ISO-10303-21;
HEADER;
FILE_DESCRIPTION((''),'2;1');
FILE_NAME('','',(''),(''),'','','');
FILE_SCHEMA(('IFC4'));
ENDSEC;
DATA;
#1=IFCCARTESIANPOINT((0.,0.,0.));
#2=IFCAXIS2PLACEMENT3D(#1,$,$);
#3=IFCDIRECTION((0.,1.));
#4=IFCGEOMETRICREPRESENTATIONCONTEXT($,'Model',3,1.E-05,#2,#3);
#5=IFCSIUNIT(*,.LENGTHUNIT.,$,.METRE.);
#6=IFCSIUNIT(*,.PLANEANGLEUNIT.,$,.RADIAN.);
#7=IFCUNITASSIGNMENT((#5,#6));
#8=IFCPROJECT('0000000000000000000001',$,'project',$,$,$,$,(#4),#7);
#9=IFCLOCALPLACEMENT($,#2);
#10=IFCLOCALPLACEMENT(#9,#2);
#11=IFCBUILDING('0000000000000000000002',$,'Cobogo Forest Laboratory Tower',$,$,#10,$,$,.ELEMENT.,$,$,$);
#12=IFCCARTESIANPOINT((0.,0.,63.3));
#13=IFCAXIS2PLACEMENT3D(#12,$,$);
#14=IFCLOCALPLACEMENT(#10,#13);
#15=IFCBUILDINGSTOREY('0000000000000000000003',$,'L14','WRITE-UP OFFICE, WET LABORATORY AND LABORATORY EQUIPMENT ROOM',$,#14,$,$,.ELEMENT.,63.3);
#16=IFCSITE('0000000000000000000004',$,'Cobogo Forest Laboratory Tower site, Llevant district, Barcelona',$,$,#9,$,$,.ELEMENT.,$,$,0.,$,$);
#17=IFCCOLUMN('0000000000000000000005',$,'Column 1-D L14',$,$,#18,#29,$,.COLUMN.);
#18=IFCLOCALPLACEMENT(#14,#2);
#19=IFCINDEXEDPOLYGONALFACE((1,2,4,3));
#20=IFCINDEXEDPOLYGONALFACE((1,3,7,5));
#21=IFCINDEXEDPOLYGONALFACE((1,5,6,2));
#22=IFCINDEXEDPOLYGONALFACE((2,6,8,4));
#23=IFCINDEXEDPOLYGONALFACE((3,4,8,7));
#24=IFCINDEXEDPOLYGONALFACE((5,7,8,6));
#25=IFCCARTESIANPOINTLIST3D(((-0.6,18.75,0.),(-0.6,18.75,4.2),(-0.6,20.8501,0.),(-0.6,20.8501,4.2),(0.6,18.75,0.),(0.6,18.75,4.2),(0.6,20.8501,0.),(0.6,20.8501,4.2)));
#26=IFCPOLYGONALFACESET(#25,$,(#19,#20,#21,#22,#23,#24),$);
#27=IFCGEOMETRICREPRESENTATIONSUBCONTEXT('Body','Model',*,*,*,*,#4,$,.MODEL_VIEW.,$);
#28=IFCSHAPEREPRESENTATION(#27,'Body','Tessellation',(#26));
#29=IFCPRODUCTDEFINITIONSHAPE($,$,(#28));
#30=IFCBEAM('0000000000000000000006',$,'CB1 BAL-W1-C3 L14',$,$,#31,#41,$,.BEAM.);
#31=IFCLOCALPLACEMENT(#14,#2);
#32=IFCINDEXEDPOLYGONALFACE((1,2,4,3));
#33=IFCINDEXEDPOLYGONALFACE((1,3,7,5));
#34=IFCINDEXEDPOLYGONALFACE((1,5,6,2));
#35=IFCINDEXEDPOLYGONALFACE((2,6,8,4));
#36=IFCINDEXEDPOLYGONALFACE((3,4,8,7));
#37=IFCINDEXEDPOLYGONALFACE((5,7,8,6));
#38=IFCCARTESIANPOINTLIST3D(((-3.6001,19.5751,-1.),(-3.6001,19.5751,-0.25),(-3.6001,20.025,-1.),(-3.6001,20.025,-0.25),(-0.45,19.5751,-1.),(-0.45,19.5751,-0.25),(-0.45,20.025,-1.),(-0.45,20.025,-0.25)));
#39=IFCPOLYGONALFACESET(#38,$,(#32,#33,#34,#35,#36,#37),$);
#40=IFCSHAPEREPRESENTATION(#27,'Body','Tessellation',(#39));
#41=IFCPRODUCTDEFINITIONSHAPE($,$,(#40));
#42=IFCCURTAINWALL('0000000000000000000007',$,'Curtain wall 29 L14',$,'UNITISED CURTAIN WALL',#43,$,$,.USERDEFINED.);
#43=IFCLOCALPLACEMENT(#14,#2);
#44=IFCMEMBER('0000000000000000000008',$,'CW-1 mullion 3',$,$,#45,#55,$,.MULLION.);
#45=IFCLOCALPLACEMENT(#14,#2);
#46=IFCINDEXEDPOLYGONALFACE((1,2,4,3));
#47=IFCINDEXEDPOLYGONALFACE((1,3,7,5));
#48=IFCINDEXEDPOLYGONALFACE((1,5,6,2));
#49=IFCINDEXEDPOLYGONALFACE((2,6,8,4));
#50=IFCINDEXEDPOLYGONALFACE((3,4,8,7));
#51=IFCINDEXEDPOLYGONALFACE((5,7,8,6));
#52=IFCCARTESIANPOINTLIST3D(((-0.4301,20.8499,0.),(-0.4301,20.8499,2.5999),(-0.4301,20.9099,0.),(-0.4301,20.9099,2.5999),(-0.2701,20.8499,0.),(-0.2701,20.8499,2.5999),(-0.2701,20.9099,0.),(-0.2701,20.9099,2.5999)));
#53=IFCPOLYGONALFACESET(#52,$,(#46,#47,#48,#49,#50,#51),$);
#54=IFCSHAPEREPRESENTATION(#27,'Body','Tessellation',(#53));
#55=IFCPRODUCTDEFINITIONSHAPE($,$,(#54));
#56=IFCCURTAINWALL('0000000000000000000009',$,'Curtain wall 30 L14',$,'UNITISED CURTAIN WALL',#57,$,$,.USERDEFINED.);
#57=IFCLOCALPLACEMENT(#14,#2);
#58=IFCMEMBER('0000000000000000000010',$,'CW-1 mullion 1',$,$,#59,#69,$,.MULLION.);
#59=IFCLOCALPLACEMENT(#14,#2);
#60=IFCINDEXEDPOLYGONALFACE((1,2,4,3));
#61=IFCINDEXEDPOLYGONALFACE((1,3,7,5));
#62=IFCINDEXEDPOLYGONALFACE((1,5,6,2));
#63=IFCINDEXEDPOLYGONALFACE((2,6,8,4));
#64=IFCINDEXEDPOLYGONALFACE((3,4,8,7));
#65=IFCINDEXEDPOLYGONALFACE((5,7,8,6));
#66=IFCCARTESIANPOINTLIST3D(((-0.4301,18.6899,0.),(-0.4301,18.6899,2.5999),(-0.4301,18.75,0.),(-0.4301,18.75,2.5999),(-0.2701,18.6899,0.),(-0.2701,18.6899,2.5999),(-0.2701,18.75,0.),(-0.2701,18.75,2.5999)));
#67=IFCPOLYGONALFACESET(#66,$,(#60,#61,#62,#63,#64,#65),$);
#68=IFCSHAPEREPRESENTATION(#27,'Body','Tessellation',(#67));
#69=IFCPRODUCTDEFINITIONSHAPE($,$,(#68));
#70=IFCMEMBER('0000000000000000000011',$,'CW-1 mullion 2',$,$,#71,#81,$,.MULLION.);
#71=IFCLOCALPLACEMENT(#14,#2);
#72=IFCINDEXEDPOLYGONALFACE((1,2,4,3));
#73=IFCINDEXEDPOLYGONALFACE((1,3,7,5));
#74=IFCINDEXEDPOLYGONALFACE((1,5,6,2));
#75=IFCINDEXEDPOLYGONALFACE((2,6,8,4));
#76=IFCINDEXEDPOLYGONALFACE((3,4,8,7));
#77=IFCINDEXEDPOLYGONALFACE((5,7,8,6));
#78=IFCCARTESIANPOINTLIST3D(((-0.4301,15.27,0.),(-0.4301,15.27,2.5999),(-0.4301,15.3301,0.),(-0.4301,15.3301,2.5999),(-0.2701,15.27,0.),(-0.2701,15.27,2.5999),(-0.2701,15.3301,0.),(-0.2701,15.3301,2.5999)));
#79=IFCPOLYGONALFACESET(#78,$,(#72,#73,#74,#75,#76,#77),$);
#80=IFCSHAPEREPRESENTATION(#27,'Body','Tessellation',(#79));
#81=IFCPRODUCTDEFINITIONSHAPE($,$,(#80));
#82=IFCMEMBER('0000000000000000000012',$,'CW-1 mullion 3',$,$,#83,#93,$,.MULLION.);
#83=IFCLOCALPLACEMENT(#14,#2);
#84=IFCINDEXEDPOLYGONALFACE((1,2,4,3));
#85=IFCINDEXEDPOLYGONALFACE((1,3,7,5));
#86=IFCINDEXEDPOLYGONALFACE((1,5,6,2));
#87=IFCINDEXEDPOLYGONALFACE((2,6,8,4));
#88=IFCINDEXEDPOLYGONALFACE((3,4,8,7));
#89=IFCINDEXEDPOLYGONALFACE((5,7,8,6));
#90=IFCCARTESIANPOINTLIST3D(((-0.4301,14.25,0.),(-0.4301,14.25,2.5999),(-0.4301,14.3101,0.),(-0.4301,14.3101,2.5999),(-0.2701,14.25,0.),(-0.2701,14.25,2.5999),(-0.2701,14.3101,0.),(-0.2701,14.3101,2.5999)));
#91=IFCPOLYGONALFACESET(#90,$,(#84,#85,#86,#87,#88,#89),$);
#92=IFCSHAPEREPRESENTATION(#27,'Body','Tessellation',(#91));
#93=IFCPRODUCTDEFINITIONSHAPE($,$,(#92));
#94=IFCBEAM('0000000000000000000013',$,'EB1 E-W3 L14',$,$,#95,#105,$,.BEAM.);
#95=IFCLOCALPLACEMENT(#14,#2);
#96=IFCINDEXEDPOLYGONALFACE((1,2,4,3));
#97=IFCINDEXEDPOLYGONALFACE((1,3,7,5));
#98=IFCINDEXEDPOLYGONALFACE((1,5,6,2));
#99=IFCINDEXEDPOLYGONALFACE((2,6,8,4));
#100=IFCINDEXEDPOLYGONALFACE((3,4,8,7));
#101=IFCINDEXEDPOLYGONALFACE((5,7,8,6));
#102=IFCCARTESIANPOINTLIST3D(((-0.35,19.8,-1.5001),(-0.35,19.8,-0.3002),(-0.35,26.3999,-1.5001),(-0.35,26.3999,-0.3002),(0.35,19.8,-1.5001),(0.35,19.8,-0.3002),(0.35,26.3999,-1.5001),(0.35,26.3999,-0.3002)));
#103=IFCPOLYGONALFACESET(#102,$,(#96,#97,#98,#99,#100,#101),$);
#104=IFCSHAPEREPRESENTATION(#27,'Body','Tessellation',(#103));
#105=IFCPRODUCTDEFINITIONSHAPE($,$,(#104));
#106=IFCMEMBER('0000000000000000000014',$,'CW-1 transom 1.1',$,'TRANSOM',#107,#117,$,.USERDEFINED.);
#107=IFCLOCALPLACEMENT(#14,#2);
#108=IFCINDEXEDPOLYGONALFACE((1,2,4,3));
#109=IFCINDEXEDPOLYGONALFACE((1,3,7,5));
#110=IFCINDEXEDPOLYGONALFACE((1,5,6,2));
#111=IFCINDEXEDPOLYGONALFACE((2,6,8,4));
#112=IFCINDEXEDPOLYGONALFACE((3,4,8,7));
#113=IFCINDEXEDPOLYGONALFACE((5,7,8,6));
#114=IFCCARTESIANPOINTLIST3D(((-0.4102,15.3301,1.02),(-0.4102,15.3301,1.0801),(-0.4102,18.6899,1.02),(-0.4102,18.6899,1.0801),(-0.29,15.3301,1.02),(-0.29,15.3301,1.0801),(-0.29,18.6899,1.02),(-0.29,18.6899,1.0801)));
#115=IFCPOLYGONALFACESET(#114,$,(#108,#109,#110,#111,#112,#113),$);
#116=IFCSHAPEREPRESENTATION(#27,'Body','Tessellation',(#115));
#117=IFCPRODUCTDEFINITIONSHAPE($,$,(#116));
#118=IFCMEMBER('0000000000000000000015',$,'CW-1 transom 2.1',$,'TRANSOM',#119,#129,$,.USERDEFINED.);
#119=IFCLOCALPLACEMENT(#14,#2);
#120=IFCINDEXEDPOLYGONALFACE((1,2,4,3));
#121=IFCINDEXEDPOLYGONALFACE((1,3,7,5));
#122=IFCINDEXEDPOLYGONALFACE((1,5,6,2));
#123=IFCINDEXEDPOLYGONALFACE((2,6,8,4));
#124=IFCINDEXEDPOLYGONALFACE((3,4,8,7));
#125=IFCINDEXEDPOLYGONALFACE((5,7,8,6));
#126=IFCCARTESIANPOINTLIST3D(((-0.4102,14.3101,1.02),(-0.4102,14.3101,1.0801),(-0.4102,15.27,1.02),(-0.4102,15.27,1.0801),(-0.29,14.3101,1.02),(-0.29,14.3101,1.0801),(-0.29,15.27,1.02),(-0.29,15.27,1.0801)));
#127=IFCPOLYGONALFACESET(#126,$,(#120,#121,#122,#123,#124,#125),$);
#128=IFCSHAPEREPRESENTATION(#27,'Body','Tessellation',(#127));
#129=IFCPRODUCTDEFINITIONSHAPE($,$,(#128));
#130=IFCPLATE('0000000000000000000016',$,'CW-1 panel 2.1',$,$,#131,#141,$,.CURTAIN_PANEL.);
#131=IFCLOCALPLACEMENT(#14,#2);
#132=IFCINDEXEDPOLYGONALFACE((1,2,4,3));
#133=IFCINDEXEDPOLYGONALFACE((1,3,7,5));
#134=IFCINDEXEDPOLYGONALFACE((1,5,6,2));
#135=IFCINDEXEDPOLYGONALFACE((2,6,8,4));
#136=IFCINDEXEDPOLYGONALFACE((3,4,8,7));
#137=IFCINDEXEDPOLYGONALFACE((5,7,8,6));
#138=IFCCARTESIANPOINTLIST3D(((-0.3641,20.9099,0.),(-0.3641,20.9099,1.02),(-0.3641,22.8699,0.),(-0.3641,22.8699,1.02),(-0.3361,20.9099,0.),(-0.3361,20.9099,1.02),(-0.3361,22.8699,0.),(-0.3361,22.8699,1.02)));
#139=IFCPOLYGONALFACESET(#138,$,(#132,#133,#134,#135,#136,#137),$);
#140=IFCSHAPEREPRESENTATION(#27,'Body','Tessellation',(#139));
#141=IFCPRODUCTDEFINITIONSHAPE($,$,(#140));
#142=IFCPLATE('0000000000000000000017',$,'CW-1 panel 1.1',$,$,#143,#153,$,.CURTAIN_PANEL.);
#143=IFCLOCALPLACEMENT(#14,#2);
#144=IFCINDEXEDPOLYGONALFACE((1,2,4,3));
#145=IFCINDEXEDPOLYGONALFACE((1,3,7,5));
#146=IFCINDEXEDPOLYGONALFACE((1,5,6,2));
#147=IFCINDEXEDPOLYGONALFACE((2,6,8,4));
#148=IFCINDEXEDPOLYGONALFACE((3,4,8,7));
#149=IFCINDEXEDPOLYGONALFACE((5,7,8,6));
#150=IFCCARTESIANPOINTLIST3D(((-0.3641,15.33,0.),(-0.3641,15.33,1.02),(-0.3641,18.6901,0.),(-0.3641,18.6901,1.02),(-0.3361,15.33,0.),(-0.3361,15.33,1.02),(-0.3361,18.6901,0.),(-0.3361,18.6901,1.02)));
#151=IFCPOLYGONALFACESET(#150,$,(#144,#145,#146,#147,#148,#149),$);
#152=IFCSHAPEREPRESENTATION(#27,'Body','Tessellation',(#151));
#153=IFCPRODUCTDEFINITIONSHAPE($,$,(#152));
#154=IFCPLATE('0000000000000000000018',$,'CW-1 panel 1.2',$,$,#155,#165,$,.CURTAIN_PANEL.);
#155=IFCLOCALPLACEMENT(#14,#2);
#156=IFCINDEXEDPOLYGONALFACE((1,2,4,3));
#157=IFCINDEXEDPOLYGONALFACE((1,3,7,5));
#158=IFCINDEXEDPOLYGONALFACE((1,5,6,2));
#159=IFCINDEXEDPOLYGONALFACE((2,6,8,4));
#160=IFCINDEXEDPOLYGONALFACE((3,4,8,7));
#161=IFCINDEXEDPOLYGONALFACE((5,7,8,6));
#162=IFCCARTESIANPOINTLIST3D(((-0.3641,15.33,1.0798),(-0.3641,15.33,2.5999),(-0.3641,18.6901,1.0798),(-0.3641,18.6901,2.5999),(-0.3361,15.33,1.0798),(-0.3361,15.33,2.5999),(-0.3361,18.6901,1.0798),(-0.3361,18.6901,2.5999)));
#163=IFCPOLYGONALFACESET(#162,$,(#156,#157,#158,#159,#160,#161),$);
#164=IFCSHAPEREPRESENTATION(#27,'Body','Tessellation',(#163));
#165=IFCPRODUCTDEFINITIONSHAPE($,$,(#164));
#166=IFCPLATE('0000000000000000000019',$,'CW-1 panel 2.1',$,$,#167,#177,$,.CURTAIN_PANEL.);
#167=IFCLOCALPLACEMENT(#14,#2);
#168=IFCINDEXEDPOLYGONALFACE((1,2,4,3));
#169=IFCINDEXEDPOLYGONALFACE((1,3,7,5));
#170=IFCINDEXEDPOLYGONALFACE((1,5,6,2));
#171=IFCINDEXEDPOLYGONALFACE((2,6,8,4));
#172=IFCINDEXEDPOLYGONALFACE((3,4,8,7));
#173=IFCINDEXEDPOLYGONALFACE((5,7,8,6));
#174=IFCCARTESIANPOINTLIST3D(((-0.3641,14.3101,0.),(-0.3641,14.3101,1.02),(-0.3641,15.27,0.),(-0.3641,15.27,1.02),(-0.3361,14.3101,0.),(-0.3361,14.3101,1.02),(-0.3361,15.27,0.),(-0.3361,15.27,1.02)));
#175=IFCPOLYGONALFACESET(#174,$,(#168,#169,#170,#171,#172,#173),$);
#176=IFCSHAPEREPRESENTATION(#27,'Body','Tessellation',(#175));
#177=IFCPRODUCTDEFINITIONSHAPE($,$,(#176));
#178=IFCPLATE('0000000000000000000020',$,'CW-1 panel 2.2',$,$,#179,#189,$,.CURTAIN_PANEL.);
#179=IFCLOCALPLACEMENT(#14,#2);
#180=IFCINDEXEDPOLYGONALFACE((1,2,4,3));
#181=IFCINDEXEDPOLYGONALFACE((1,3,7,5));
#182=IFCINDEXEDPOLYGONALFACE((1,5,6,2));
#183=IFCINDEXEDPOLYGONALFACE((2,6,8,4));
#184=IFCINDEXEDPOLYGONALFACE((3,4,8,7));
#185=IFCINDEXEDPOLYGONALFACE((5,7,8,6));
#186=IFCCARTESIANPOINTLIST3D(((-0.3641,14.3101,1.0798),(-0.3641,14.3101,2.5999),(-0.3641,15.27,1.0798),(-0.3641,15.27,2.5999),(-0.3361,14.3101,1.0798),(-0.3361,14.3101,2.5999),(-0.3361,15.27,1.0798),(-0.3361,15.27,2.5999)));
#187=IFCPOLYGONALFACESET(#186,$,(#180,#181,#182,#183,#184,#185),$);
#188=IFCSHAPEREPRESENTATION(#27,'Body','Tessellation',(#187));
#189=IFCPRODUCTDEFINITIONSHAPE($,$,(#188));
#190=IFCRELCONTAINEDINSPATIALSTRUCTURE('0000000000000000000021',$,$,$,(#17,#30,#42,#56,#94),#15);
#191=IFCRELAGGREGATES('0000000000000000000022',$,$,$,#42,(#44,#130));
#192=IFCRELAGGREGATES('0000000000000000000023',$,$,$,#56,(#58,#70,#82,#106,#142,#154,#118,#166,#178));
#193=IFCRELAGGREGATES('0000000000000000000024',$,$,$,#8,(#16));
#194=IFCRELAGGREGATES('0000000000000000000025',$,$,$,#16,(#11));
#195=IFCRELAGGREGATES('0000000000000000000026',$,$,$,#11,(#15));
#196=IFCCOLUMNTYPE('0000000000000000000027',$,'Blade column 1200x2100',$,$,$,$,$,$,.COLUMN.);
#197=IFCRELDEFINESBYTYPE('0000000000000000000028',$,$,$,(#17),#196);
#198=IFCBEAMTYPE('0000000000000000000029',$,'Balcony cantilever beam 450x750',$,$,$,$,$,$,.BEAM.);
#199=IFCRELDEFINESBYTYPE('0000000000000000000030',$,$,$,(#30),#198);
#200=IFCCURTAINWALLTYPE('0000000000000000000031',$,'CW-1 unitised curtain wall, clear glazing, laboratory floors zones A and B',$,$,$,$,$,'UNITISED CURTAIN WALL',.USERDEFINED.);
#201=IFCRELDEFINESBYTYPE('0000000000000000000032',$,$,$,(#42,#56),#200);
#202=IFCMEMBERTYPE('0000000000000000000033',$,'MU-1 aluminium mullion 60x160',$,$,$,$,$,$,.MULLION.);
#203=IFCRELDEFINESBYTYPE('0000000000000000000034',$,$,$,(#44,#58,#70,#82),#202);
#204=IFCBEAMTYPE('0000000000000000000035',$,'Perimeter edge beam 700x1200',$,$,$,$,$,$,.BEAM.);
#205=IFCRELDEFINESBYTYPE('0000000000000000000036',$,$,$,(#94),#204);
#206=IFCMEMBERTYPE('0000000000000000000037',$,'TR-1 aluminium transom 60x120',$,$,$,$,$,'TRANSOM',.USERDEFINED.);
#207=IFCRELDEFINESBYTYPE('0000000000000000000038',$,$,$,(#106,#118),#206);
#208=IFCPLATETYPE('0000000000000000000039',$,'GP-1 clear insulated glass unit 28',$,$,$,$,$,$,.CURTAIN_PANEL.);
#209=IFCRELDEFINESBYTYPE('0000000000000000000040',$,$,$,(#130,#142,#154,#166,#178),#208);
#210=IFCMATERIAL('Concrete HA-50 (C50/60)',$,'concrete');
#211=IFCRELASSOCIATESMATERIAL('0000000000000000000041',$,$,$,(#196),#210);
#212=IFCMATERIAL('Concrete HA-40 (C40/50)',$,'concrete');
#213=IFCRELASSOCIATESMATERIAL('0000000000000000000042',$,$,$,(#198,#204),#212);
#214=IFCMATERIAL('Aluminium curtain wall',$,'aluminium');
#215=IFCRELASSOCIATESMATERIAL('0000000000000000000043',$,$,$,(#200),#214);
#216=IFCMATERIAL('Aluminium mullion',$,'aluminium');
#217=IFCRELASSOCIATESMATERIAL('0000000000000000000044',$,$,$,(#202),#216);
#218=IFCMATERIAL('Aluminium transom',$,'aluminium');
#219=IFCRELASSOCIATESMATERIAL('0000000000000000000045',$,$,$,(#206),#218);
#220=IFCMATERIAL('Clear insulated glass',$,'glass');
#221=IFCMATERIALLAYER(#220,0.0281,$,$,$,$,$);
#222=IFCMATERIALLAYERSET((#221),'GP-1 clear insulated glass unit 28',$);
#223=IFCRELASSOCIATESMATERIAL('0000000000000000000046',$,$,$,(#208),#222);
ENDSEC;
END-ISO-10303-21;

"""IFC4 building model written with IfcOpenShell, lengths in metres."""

from ifc_helpers import new_model, si_unit, direction, frame, origin, origin_2d, place, context, subcontext, project, spatial, rectangle, extrude, material, layer, layer_set, material_profile, profile_set, type_object, element, aggregate, save


model = new_model("IFC4")

# Units and contexts
model_context = context("Model", 3, precision=1e-05, world=origin(), true_north=direction((0.0, 1.0)))
body_context = subcontext(model_context, "Body", "Model", "MODEL_VIEW")
ifc_project = project(units=[si_unit("LENGTHUNIT", "METRE"), si_unit("PLANEANGLEUNIT", "RADIAN")], contexts=[model_context])

# Site, building, storey
site_placement = place(None, origin())
site = spatial("IfcSite", under=ifc_project, at=site_placement, Name="Cobogo Forest Laboratory Tower site, Llevant district, Barcelona", CompositionType="ELEMENT", RefElevation=0.0)
building_placement = place(site_placement, origin())
building = spatial("IfcBuilding", under=site, at=building_placement, Name="Cobogo Forest Laboratory Tower", CompositionType="ELEMENT")
storey_placement = place(building_placement, frame((0.0, 0.0, 63.3)))
storey = spatial("IfcBuildingStorey", under=building, at=storey_placement, Name="L14", Description="WRITE-UP OFFICE, WET LABORATORY AND LABORATORY EQUIPMENT ROOM", CompositionType="ELEMENT", Elevation=63.3)

# Column
ifc_material_1 = material(Name="Concrete HA-50 (C50/60)", Category="concrete")
ifc_material_profile_1 = material_profile(ifc_material_1, rectangle(XDim=2.1001, YDim=1.2, at=origin_2d()), Name="RC 1200x2100")
ifc_profile_set_1 = profile_set([ifc_material_profile_1], Name="Concrete HA-50 (C50/60)")
column_type = type_object("IfcColumnType", Name="Blade column 1200x2100", PredefinedType="COLUMN", material=ifc_profile_set_1)
column_placement = place(storey_placement, frame((0.0, 19.8, 0.0), z_axis=(0.0, 0.0, 1.0), x_axis=(0.0, 1.0, 0.0)))
element("IfcColumn", 1, at=column_placement, inside=storey, type_object=column_type, Name="Column 1-D L14", PredefinedType="COLUMN", context=body_context, shape_type="SweptSolid", body=[
    extrude(rectangle(XDim=2.1001, YDim=1.2, at=origin_2d()), origin(), (0.0, 0.0, 1.0), 4.2),
])

# Beam
ifc_material_2 = material(Name="Concrete HA-40 (C40/50)", Category="concrete")
ifc_material_profile_2 = material_profile(ifc_material_2, rectangle(XDim=0.45, YDim=0.75, at=origin_2d()), Name="RC 450x750")
ifc_profile_set_2 = profile_set([ifc_material_profile_2], Name="Concrete HA-40 (C40/50)")
beam_type_1 = type_object("IfcBeamType", Name="Balcony cantilever beam 450x750", PredefinedType="BEAM", material=ifc_profile_set_2)
beam_1_placement = place(storey_placement, frame((-0.45, 19.8, -0.625), z_axis=(-1.0, 0.0, 0.0), x_axis=(0.0, -1.0, 0.0)))
element("IfcBeam", 2, at=beam_1_placement, inside=storey, type_object=beam_type_1, Name="CB1 BAL-W1-C3 L14", PredefinedType="BEAM", context=body_context, shape_type="SweptSolid", body=[
    extrude(rectangle(XDim=0.45, YDim=0.75, at=origin_2d()), origin(), (0.0, 0.0, 1.0), 3.1501),
])

# Curtain wall, member
ifc_material_3 = material(Name="Aluminium curtain wall", Category="aluminium")
curtain_wall_type = type_object("IfcCurtainWallType", Name="CW-1 unitised curtain wall, clear glazing, laboratory floors zones A and B", ElementType="UNITISED CURTAIN WALL", PredefinedType="USERDEFINED", material=ifc_material_3)
curtain_wall_1_placement = place(storey_placement, origin())
curtain_wall_1 = element("IfcCurtainWall", 3, at=curtain_wall_1_placement, inside=storey, type_object=curtain_wall_type, Name="Curtain wall 29 L14", ObjectType="UNITISED CURTAIN WALL", PredefinedType="USERDEFINED")
ifc_material_4 = material(Name="Aluminium mullion", Category="aluminium")
ifc_material_profile_3 = material_profile(ifc_material_4, rectangle(XDim=0.0601, YDim=0.1599, at=origin_2d()), Name="AL 60x160")
ifc_profile_set_3 = profile_set([ifc_material_profile_3], Name="Aluminium mullion")
member_type_1 = type_object("IfcMemberType", Name="MU-1 aluminium mullion 60x160", PredefinedType="MULLION", material=ifc_profile_set_3)
member_1_placement = place(storey_placement, frame((-0.3501, 20.8799, 0.0), z_axis=(0.0, 0.0, 1.0), x_axis=(0.0, -1.0, 0.0)))
member_1 = element("IfcMember", 4, at=member_1_placement, type_object=member_type_1, Name="CW-1 mullion 3", PredefinedType="MULLION", context=body_context, shape_type="SweptSolid", body=[
    extrude(rectangle(XDim=0.0601, YDim=0.1599, at=origin_2d()), origin(), (0.0, 0.0, 1.0), 2.5999),
])

# Curtain wall, members
curtain_wall_2_placement = place(storey_placement, origin())
curtain_wall_2 = element("IfcCurtainWall", 5, at=curtain_wall_2_placement, inside=storey, type_object=curtain_wall_type, Name="Curtain wall 30 L14", ObjectType="UNITISED CURTAIN WALL", PredefinedType="USERDEFINED")
member_2_placement = place(storey_placement, frame((-0.3501, 18.72, 0.0), z_axis=(0.0, 0.0, 1.0), x_axis=(0.0, -1.0, 0.0)))
member_2 = element("IfcMember", 6, at=member_2_placement, type_object=member_type_1, Name="CW-1 mullion 1", PredefinedType="MULLION", context=body_context, shape_type="SweptSolid", body=[
    extrude(rectangle(XDim=0.0601, YDim=0.1599, at=origin_2d()), origin(), (0.0, 0.0, 1.0), 2.5999),
])
member_3_placement = place(storey_placement, frame((-0.3501, 15.3, 0.0), z_axis=(0.0, 0.0, 1.0), x_axis=(0.0, -1.0, 0.0)))
member_3 = element("IfcMember", 7, at=member_3_placement, type_object=member_type_1, Name="CW-1 mullion 2", PredefinedType="MULLION", context=body_context, shape_type="SweptSolid", body=[
    extrude(rectangle(XDim=0.0601, YDim=0.1599, at=origin_2d()), origin(), (0.0, 0.0, 1.0), 2.5999),
])
member_4_placement = place(storey_placement, frame((-0.3501, 14.28, 0.0), z_axis=(0.0, 0.0, 1.0), x_axis=(0.0, -1.0, 0.0)))
member_4 = element("IfcMember", 8, at=member_4_placement, type_object=member_type_1, Name="CW-1 mullion 3", PredefinedType="MULLION", context=body_context, shape_type="SweptSolid", body=[
    extrude(rectangle(XDim=0.0601, YDim=0.1599, at=origin_2d()), origin(), (0.0, 0.0, 1.0), 2.5999),
])

# Beam
ifc_material_profile_4 = material_profile(ifc_material_2, rectangle(XDim=0.7, YDim=1.2, at=origin_2d()), Name="RC 700x1200")
ifc_profile_set_4 = profile_set([ifc_material_profile_4], Name="Concrete HA-40 (C40/50)")
beam_type_2 = type_object("IfcBeamType", Name="Perimeter edge beam 700x1200", PredefinedType="BEAM", material=ifc_profile_set_4)
beam_2_placement = place(storey_placement, frame((0.0, 19.8, -0.9001), z_axis=(0.0, 1.0, 0.0), x_axis=(-1.0, 0.0, 0.0)))
element("IfcBeam", 9, at=beam_2_placement, inside=storey, type_object=beam_type_2, Name="EB1 E-W3 L14", PredefinedType="BEAM", context=body_context, shape_type="SweptSolid", body=[
    extrude(rectangle(XDim=0.7, YDim=1.2, at=origin_2d()), origin(), (0.0, 0.0, 1.0), 6.5999),
])

# Members
ifc_material_5 = material(Name="Aluminium transom", Category="aluminium")
ifc_material_profile_5 = material_profile(ifc_material_5, rectangle(XDim=0.1201, YDim=0.0601, at=origin_2d()), Name="AL 60x120")
ifc_profile_set_5 = profile_set([ifc_material_profile_5], Name="Aluminium transom")
member_type_2 = type_object("IfcMemberType", Name="TR-1 aluminium transom 60x120", ElementType="TRANSOM", PredefinedType="USERDEFINED", material=ifc_profile_set_5)
member_5_placement = place(storey_placement, frame((-0.3501, 18.6899, 1.05), z_axis=(0.0, -1.0, 0.0), x_axis=(1.0, 0.0, 0.0)))
member_5 = element("IfcMember", 10, at=member_5_placement, type_object=member_type_2, Name="CW-1 transom 1.1", ObjectType="TRANSOM", PredefinedType="USERDEFINED", context=body_context, shape_type="SweptSolid", body=[
    extrude(rectangle(XDim=0.1201, YDim=0.0601, at=origin_2d()), origin(), (0.0, 0.0, 1.0), 3.3599),
])
member_6_placement = place(storey_placement, frame((-0.3501, 15.27, 1.05), z_axis=(0.0, -1.0, 0.0), x_axis=(1.0, 0.0, 0.0)))
member_6 = element("IfcMember", 11, at=member_6_placement, type_object=member_type_2, Name="CW-1 transom 2.1", ObjectType="TRANSOM", PredefinedType="USERDEFINED", context=body_context, shape_type="SweptSolid", body=[
    extrude(rectangle(XDim=0.1201, YDim=0.0601, at=origin_2d()), origin(), (0.0, 0.0, 1.0), 0.96),
])

# Plates
ifc_material_6 = material(Name="Clear insulated glass", Category="glass")
ifc_layer_1 = layer(ifc_material_6, 0.0281)
ifc_layer_set_1 = layer_set([ifc_layer_1], Name="GP-1 clear insulated glass unit 28")
plate_type_1 = type_object("IfcPlateType", Name="GP-1 clear insulated glass unit 28", PredefinedType="CURTAIN_PANEL", material=ifc_layer_set_1)
plate_1_placement = place(storey_placement, frame((-0.3501, 21.8899, 0.0), z_axis=(0.0, 0.0, 1.0), x_axis=(0.0, -1.0, 0.0)))
plate_1 = element("IfcPlate", 12, at=plate_1_placement, type_object=plate_type_1, Name="CW-1 panel 2.1", PredefinedType="CURTAIN_PANEL", context=body_context, shape_type="SweptSolid", body=[
    extrude(rectangle(XDim=1.96, YDim=0.0281, at=origin_2d()), origin(), (0.0, 0.0, 1.0), 1.02),
])
aggregate(curtain_wall_1, [member_1, plate_1])
plate_2_placement = place(storey_placement, frame((-0.3501, 17.01, 0.0), z_axis=(0.0, 0.0, 1.0), x_axis=(0.0, -1.0, 0.0)))
plate_2 = element("IfcPlate", 13, at=plate_2_placement, type_object=plate_type_1, Name="CW-1 panel 1.1", PredefinedType="CURTAIN_PANEL", context=body_context, shape_type="SweptSolid", body=[
    extrude(rectangle(XDim=3.3601, YDim=0.0281, at=origin_2d()), origin(), (0.0, 0.0, 1.0), 1.02),
])
plate_3_placement = place(storey_placement, frame((-0.3501, 17.01, 1.0798), z_axis=(0.0, 0.0, 1.0), x_axis=(0.0, -1.0, 0.0)))
plate_3 = element("IfcPlate", 14, at=plate_3_placement, type_object=plate_type_1, Name="CW-1 panel 1.2", PredefinedType="CURTAIN_PANEL", context=body_context, shape_type="SweptSolid", body=[
    extrude(rectangle(XDim=3.3601, YDim=0.0281, at=origin_2d()), origin(), (0.0, 0.0, 1.0), 1.52),
])
plate_4_placement = place(storey_placement, frame((-0.3501, 14.79, 0.0), z_axis=(0.0, 0.0, 1.0), x_axis=(0.0, -1.0, 0.0)))
plate_4 = element("IfcPlate", 15, at=plate_4_placement, type_object=plate_type_1, Name="CW-1 panel 2.1", PredefinedType="CURTAIN_PANEL", context=body_context, shape_type="SweptSolid", body=[
    extrude(rectangle(XDim=0.96, YDim=0.0281, at=origin_2d()), origin(), (0.0, 0.0, 1.0), 1.02),
])
plate_5_placement = place(storey_placement, frame((-0.3501, 14.79, 1.0798), z_axis=(0.0, 0.0, 1.0), x_axis=(0.0, -1.0, 0.0)))
plate_5 = element("IfcPlate", 16, at=plate_5_placement, type_object=plate_type_1, Name="CW-1 panel 2.2", PredefinedType="CURTAIN_PANEL", context=body_context, shape_type="SweptSolid", body=[
    extrude(rectangle(XDim=0.96, YDim=0.0281, at=origin_2d()), origin(), (0.0, 0.0, 1.0), 1.52),
])
aggregate(curtain_wall_2, [member_2, member_3, member_4, member_5, plate_2, plate_3, member_6, plate_4, plate_5])

save(model, "model.ifc")
